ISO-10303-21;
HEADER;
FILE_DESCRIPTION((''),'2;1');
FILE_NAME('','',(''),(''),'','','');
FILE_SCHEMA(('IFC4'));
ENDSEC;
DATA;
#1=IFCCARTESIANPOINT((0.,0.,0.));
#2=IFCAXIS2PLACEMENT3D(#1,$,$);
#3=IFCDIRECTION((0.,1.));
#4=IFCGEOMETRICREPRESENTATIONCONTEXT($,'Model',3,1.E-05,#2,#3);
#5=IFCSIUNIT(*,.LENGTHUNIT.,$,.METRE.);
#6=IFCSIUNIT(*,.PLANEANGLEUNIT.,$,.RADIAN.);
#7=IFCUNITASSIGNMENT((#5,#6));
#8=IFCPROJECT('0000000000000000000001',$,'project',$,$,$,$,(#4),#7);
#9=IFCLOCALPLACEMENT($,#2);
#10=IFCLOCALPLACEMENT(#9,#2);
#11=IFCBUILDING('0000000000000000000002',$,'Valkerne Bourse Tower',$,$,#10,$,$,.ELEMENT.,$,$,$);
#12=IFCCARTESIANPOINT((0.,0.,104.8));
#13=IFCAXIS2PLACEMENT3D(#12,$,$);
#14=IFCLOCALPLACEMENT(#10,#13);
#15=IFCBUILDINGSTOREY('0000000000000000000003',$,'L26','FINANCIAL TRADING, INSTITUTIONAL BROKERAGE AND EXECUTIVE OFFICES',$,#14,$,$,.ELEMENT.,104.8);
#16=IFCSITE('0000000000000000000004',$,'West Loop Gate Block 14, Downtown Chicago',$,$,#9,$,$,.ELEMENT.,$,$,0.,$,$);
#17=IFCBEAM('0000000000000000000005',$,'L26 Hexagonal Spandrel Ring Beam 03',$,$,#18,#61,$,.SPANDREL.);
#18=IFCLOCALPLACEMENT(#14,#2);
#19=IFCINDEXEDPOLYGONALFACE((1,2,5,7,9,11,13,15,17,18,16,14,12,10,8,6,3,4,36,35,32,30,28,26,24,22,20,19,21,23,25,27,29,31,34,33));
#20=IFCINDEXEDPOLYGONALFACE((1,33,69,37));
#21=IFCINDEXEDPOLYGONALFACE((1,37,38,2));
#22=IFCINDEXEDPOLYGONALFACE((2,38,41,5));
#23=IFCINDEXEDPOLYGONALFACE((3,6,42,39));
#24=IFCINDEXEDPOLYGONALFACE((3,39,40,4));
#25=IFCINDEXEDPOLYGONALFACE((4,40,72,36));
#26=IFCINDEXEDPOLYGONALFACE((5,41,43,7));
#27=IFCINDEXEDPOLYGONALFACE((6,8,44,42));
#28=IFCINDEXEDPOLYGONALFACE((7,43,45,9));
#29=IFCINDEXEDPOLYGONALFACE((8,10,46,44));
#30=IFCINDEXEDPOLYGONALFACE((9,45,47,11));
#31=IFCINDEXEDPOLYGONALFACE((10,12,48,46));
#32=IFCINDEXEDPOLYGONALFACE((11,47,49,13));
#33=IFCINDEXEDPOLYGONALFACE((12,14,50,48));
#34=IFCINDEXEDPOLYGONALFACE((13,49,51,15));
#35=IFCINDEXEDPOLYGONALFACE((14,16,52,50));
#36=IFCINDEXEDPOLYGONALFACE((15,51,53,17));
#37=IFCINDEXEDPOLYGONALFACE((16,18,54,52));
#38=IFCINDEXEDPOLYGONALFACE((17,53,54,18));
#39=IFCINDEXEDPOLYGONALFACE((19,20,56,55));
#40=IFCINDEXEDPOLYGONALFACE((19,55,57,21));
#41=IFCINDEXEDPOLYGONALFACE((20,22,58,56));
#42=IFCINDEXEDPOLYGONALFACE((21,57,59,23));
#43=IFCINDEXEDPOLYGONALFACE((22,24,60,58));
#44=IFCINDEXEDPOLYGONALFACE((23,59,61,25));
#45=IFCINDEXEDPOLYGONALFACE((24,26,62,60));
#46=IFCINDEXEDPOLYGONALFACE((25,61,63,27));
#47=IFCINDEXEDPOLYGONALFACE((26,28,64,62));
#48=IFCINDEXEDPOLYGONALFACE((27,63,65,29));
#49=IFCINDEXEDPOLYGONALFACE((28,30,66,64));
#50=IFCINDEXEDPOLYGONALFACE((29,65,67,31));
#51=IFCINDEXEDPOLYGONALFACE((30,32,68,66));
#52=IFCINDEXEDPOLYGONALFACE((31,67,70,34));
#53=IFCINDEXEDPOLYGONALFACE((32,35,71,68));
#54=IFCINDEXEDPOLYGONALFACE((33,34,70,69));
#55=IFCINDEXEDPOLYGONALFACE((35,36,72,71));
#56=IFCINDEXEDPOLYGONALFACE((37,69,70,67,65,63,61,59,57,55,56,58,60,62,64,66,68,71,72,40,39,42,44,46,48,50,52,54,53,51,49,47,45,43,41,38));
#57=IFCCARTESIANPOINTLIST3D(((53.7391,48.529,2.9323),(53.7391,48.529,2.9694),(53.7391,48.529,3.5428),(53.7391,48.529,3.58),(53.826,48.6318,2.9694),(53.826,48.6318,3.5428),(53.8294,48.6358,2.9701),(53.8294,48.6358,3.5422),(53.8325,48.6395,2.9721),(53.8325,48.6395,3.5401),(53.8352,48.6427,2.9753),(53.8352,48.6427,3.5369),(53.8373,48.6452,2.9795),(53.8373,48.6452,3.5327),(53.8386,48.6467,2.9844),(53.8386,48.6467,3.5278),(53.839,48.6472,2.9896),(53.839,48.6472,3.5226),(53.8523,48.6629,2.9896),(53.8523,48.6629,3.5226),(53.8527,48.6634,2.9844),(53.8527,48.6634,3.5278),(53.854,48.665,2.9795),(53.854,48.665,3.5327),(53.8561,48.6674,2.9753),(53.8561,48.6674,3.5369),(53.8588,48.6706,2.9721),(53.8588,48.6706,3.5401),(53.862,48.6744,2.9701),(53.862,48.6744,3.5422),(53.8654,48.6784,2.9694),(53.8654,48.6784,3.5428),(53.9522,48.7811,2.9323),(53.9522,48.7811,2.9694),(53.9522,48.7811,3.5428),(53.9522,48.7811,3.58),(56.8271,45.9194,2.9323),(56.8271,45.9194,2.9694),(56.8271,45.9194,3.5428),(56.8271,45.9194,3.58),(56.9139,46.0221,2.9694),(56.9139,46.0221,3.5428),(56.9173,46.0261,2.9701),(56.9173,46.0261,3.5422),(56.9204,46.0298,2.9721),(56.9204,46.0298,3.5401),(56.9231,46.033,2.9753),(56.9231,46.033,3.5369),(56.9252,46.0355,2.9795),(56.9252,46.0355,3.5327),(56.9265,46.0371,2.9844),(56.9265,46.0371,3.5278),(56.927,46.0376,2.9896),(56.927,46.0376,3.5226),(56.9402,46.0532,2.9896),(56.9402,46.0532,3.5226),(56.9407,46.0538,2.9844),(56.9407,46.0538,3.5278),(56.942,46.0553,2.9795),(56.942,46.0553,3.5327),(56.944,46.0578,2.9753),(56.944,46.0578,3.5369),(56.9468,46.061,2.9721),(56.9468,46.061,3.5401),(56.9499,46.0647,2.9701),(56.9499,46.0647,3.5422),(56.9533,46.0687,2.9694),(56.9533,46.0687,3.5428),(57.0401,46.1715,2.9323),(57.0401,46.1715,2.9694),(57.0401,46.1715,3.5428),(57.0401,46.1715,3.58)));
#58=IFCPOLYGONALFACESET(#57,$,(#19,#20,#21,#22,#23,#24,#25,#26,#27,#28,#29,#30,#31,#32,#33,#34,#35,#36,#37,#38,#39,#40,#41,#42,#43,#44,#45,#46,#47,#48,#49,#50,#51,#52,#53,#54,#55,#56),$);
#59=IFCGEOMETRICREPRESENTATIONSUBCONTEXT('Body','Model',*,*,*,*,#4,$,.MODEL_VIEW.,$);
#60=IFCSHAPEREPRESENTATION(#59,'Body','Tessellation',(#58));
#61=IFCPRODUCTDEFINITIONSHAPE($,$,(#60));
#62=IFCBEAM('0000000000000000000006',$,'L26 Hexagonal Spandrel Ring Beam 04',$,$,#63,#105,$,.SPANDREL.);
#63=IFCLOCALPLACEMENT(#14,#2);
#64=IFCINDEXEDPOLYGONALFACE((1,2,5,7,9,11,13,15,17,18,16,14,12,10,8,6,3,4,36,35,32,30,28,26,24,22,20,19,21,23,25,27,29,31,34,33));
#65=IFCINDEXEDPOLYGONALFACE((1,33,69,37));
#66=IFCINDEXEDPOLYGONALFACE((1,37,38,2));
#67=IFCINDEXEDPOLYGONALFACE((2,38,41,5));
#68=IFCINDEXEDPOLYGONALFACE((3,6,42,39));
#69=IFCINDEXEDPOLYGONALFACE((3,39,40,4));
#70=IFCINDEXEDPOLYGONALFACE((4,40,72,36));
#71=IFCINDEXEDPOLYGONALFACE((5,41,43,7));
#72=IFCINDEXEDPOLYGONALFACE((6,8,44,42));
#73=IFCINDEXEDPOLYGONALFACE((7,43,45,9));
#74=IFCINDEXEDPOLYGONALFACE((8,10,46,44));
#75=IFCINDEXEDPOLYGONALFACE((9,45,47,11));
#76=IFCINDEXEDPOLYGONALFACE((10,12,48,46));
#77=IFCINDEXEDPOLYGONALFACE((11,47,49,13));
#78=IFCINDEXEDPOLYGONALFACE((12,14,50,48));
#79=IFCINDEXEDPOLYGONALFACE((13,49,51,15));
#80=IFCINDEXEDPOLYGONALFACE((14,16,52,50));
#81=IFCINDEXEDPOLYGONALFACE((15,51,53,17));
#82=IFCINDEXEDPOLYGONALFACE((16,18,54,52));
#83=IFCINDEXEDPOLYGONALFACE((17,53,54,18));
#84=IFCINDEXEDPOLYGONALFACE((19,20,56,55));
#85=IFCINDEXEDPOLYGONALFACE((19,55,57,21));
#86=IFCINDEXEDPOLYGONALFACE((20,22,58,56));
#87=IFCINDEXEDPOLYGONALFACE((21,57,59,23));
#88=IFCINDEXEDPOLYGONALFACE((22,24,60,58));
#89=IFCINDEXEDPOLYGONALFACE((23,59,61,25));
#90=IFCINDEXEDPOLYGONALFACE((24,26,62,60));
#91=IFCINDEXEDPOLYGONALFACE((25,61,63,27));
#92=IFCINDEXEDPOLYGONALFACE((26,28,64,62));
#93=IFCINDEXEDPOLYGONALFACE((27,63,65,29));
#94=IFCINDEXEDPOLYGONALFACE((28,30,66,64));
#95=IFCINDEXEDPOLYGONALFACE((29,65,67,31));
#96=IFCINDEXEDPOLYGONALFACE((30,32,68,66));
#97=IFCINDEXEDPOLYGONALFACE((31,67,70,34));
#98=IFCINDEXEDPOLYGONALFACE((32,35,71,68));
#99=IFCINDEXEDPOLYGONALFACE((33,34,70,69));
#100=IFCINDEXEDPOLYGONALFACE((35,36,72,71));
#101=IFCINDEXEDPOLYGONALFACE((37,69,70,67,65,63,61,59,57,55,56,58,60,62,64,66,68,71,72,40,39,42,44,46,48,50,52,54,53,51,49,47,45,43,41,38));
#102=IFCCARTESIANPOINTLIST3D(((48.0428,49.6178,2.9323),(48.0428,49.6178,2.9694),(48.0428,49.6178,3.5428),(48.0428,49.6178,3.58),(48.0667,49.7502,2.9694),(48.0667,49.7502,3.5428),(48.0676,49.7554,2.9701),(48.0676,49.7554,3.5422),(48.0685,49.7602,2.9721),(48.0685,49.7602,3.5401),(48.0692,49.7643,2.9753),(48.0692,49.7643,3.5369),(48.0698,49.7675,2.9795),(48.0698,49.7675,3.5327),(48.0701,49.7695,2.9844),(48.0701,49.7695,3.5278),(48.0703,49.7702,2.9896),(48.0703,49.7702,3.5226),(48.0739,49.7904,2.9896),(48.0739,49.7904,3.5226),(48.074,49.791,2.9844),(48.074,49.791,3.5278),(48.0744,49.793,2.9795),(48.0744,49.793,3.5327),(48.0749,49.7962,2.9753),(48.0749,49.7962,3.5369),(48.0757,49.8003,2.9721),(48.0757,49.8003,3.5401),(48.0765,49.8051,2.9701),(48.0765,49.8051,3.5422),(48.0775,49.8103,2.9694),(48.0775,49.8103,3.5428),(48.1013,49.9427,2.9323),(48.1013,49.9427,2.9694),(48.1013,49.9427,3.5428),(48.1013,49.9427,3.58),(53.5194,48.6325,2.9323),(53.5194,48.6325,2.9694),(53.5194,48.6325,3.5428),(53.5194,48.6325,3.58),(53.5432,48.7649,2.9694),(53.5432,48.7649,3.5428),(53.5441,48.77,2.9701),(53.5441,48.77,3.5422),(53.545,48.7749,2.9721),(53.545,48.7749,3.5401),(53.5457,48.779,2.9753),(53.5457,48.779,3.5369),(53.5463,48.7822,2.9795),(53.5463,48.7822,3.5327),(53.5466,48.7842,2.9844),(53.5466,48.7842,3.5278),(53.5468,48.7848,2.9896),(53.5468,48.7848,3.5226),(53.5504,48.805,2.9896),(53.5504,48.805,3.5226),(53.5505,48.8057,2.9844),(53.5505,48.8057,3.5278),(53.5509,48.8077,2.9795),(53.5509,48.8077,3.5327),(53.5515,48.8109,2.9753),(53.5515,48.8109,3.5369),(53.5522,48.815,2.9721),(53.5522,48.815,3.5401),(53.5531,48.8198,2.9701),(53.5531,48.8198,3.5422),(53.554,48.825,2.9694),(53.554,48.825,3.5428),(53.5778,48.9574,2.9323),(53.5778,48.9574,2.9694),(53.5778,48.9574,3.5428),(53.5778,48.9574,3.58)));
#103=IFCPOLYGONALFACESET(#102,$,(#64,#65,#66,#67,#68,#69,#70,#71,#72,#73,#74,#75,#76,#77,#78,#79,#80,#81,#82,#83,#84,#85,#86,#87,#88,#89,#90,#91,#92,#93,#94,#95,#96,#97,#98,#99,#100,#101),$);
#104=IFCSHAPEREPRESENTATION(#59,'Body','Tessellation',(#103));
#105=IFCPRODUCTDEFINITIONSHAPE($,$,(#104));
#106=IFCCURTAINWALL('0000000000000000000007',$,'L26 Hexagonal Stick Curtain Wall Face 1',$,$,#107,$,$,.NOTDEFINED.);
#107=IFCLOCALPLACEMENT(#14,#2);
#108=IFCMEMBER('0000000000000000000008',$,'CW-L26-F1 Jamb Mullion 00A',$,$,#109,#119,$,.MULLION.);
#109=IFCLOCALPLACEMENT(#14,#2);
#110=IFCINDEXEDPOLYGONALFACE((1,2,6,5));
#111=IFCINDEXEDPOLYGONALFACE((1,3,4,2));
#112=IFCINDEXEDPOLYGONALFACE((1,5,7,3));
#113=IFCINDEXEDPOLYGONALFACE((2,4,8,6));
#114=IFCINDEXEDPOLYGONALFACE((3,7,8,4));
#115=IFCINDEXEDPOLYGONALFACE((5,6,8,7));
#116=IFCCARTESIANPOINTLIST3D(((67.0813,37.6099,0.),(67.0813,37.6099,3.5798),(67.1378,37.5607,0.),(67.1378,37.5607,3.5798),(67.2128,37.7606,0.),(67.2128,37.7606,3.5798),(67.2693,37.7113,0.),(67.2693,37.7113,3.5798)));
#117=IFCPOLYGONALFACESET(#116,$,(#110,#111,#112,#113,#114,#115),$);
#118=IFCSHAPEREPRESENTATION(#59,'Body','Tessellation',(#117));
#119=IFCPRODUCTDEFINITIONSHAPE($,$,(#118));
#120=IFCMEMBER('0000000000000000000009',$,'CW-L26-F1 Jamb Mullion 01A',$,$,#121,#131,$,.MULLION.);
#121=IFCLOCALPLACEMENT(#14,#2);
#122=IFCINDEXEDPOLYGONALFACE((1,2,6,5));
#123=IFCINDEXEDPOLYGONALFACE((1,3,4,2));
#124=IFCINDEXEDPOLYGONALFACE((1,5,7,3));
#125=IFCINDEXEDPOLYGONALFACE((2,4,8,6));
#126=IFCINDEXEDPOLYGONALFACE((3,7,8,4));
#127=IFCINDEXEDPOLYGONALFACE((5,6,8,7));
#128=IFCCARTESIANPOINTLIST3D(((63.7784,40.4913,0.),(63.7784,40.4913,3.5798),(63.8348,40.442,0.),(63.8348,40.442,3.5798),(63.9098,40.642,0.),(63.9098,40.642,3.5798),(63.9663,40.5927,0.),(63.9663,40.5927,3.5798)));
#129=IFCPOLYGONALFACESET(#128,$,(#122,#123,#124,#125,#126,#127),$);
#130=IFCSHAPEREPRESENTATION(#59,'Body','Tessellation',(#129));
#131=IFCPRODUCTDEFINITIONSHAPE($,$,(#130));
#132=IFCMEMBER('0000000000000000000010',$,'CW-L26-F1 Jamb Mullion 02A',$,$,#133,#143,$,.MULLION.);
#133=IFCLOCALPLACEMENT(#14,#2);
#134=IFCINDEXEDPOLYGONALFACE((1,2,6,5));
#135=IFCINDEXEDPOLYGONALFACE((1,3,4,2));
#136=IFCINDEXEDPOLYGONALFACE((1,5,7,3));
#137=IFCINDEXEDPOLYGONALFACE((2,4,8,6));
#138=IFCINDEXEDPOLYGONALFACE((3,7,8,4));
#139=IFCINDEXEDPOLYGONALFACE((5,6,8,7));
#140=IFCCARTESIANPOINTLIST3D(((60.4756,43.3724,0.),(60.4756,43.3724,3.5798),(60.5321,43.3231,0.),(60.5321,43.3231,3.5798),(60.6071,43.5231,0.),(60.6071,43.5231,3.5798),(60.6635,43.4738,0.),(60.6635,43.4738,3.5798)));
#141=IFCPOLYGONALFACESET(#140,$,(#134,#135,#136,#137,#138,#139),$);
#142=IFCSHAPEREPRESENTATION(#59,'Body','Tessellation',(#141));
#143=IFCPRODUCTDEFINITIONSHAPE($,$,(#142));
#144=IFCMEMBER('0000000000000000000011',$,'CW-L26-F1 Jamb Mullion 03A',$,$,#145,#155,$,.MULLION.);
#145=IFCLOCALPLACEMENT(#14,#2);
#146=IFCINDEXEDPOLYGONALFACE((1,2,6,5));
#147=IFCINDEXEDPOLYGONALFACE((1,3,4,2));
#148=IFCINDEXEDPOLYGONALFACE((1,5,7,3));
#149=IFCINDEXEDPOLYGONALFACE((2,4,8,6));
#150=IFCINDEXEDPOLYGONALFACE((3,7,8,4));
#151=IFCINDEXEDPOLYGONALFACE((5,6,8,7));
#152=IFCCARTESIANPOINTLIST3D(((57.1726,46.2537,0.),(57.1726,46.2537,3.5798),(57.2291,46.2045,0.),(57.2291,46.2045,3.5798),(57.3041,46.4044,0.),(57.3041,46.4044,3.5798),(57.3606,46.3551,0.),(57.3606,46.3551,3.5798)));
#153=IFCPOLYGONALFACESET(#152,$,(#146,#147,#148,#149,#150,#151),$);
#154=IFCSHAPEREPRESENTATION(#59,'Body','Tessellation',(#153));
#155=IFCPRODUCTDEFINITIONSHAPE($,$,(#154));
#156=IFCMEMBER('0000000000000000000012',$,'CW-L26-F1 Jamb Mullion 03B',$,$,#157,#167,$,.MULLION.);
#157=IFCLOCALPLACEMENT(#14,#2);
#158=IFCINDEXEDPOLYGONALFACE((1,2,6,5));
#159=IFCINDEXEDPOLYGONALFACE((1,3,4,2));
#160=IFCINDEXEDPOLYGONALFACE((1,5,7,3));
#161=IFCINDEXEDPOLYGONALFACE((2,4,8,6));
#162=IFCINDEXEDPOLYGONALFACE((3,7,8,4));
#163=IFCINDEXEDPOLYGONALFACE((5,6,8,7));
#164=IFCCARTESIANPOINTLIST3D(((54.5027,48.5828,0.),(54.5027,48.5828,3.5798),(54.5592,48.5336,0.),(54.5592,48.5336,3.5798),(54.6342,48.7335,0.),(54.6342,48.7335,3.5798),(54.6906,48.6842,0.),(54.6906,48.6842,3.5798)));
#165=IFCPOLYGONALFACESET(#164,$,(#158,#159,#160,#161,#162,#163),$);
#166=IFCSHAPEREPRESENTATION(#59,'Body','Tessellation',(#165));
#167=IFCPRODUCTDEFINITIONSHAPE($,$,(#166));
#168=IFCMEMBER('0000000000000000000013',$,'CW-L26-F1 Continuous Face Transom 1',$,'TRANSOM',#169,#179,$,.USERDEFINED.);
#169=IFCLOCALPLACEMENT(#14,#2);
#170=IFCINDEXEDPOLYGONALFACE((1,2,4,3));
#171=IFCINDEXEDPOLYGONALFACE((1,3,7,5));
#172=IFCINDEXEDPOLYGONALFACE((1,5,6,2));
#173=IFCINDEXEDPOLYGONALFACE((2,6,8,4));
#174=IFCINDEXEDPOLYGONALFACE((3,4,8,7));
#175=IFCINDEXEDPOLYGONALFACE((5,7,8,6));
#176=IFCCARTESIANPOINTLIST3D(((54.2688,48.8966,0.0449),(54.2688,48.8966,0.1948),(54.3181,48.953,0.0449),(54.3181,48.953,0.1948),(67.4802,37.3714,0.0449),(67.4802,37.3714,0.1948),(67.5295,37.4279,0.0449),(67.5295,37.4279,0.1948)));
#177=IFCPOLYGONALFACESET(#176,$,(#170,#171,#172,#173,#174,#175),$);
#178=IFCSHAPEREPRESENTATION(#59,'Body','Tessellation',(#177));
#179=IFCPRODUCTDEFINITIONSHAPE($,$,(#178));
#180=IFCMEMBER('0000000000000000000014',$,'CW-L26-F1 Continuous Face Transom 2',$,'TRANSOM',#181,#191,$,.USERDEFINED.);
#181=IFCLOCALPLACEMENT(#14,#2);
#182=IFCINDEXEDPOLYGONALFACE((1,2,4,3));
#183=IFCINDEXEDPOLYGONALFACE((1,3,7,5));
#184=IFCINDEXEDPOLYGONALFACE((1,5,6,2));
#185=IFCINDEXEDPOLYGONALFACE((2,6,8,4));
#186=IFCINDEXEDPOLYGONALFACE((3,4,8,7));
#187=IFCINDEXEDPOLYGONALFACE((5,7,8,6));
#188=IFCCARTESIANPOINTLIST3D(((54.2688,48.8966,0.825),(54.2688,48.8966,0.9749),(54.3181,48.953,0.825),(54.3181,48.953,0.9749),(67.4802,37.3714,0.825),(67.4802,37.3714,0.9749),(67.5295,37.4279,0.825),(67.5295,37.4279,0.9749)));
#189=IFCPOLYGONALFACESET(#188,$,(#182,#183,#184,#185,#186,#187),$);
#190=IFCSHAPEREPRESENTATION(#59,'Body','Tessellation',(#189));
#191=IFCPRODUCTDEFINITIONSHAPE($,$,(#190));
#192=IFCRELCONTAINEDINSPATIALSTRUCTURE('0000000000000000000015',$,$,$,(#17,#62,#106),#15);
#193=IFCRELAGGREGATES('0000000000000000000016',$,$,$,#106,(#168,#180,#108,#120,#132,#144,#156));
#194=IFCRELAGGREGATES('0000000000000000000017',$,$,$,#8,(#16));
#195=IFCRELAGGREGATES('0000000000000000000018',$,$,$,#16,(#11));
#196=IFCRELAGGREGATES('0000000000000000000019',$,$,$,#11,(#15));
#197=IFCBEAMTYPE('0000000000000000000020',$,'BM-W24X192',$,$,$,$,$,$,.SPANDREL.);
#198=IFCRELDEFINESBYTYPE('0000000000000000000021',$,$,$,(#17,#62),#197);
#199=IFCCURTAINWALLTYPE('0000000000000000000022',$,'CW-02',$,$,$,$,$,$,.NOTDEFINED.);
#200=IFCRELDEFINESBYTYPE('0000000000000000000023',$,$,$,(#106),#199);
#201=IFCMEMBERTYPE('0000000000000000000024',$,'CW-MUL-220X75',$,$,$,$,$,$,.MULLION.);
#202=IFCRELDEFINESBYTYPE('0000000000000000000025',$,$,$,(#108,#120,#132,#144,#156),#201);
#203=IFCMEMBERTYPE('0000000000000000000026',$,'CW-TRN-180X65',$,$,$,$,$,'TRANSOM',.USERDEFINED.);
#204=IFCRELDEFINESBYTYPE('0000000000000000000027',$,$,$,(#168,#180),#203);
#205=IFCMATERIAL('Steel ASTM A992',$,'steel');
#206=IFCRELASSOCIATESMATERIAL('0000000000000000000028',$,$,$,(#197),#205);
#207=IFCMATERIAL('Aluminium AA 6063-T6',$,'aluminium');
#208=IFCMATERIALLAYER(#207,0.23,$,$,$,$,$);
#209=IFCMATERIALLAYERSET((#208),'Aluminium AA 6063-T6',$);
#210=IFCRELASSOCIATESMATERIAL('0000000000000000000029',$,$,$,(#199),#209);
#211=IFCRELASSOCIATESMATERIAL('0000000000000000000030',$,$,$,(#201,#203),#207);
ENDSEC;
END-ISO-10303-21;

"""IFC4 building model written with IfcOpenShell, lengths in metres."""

from ifc_helpers import new_model, si_unit, direction, frame, origin, origin_2d, place, context, subcontext, project, spatial, rectangle, i_section, extrude, material, layer, layer_set, material_profile, profile_set, type_object, element, aggregate, save


model = new_model("IFC4")

# Units and contexts
model_context = context("Model", 3, precision=1e-05, world=origin(), true_north=direction((0.0, 1.0)))
body_context = subcontext(model_context, "Body", "Model", "MODEL_VIEW")
ifc_project = project(units=[si_unit("LENGTHUNIT", "METRE"), si_unit("PLANEANGLEUNIT", "RADIAN")], contexts=[model_context])

# Site, building, storey
site_placement = place(None, origin())
site = spatial("IfcSite", under=ifc_project, at=site_placement, Name="West Loop Gate Block 14, Downtown Chicago", CompositionType="ELEMENT", RefElevation=0.0)
building_placement = place(site_placement, origin())
building = spatial("IfcBuilding", under=site, at=building_placement, Name="Valkerne Bourse Tower", CompositionType="ELEMENT")
storey_placement = place(building_placement, frame((0.0, 0.0, 104.8)))
storey = spatial("IfcBuildingStorey", under=building, at=storey_placement, Name="L26", Description="FINANCIAL TRADING, INSTITUTIONAL BROKERAGE AND EXECUTIVE OFFICES", CompositionType="ELEMENT", Elevation=104.8)

# Beams
ifc_material_1 = material(Name="Steel ASTM A992", Category="steel")
ifc_material_profile_1 = material_profile(ifc_material_1, i_section(OverallWidth=0.3301, OverallDepth=0.6477, WebThickness=0.0205, FlangeThickness=0.0371, FilletRadius=0.0203, at=origin_2d()), Name="W24X192")
ifc_profile_set_1 = profile_set([ifc_material_profile_1], Name="Steel ASTM A992")
beam_type = type_object("IfcBeamType", Name="BM-W24X192", PredefinedType="SPANDREL", material=ifc_profile_set_1)
beam_1_placement = place(storey_placement, frame((56.9336, 46.0454, 3.2561), z_axis=(-0.763778, 0.645479, 0.0), x_axis=(-0.645479, -0.763778, 0.0)))
element("IfcBeam", 1, at=beam_1_placement, inside=storey, type_object=beam_type, Name="L26 Hexagonal Spandrel Ring Beam 03", PredefinedType="SPANDREL", context=body_context, shape_type="SweptSolid", body=[
    extrude(i_section(OverallWidth=0.3301, OverallDepth=0.6477, WebThickness=0.0205, FlangeThickness=0.0371, FilletRadius=0.0203, at=origin_2d()), origin(), (0.0, 0.0, 1.0), 4.043),
])
beam_2_placement = place(storey_placement, frame((53.5486, 48.7949, 3.2561), z_axis=(-0.984197, 0.177078, 0.0), x_axis=(-0.177078, -0.984197, 0.0)))
element("IfcBeam", 2, at=beam_2_placement, inside=storey, type_object=beam_type, Name="L26 Hexagonal Spandrel Ring Beam 04", PredefinedType="SPANDREL", context=body_context, shape_type="SweptSolid", body=[
    extrude(i_section(OverallWidth=0.3301, OverallDepth=0.6477, WebThickness=0.0205, FlangeThickness=0.0371, FilletRadius=0.0203, at=origin_2d()), origin(), (0.0, 0.0, 1.0), 5.5645),
])

# Curtain wall, members
ifc_material_2 = material(Name="Aluminium AA 6063-T6", Category="aluminium")
ifc_layer_1 = layer(ifc_material_2, 0.23)
ifc_layer_set_1 = layer_set([ifc_layer_1], Name="Aluminium AA 6063-T6")
curtain_wall_type = type_object("IfcCurtainWallType", Name="CW-02", PredefinedType="NOTDEFINED", material=ifc_layer_set_1)
curtain_wall_placement = place(storey_placement, origin())
curtain_wall = element("IfcCurtainWall", 3, at=curtain_wall_placement, inside=storey, type_object=curtain_wall_type, Name="L26 Hexagonal Stick Curtain Wall Face 1", PredefinedType="NOTDEFINED")
ifc_material_profile_2 = material_profile(ifc_material_2, rectangle(XDim=0.075, YDim=0.2, at=origin_2d()), Name="CWM-75X200")
ifc_profile_set_2 = profile_set([ifc_material_profile_2], Name="Aluminium AA 6063-T6")
member_type_1 = type_object("IfcMemberType", Name="CW-MUL-220X75", PredefinedType="MULLION", material=ifc_profile_set_2)
member_1_placement = place(storey_placement, frame((67.1753, 37.6606, 0.0), z_axis=(0.0, 0.0, 1.0), x_axis=(-0.753564, 0.657375, 0.0)))
member_1 = element("IfcMember", 4, at=member_1_placement, type_object=member_type_1, Name="CW-L26-F1 Jamb Mullion 00A", PredefinedType="MULLION", context=body_context, shape_type="SweptSolid", body=[
    extrude(rectangle(XDim=0.075, YDim=0.2, at=origin_2d()), origin(), (0.0, 0.0, 1.0), 3.5798),
])
member_2_placement = place(storey_placement, frame((63.8723, 40.542, 0.0), z_axis=(0.0, 0.0, 1.0), x_axis=(-0.753575, 0.657362, 0.0)))
member_2 = element("IfcMember", 5, at=member_2_placement, type_object=member_type_1, Name="CW-L26-F1 Jamb Mullion 01A", PredefinedType="MULLION", context=body_context, shape_type="SweptSolid", body=[
    extrude(rectangle(XDim=0.075, YDim=0.2, at=origin_2d()), origin(), (0.0, 0.0, 1.0), 3.5798),
])
member_3_placement = place(storey_placement, frame((60.5696, 43.4231, 0.0), z_axis=(0.0, 0.0, 1.0), x_axis=(-0.753554, 0.657386, 0.0)))
member_3 = element("IfcMember", 6, at=member_3_placement, type_object=member_type_1, Name="CW-L26-F1 Jamb Mullion 02A", PredefinedType="MULLION", context=body_context, shape_type="SweptSolid", body=[
    extrude(rectangle(XDim=0.075, YDim=0.2, at=origin_2d()), origin(), (0.0, 0.0, 1.0), 3.5798),
])
member_4_placement = place(storey_placement, frame((57.2666, 46.3044, 0.0), z_axis=(0.0, 0.0, 1.0), x_axis=(-0.753564, 0.657375, 0.0)))
member_4 = element("IfcMember", 7, at=member_4_placement, type_object=member_type_1, Name="CW-L26-F1 Jamb Mullion 03A", PredefinedType="MULLION", context=body_context, shape_type="SweptSolid", body=[
    extrude(rectangle(XDim=0.075, YDim=0.2, at=origin_2d()), origin(), (0.0, 0.0, 1.0), 3.5798),
])
member_5_placement = place(storey_placement, frame((54.5967, 48.6335, 0.0), z_axis=(0.0, 0.0, 1.0), x_axis=(-0.753564, 0.657375, 0.0)))
member_5 = element("IfcMember", 8, at=member_5_placement, type_object=member_type_1, Name="CW-L26-F1 Jamb Mullion 03B", PredefinedType="MULLION", context=body_context, shape_type="SweptSolid", body=[
    extrude(rectangle(XDim=0.075, YDim=0.2, at=origin_2d()), origin(), (0.0, 0.0, 1.0), 3.5798),
])
ifc_material_profile_3 = material_profile(ifc_material_2, rectangle(XDim=0.075, YDim=0.1499, at=origin_2d()), Name="CWT-75X150")
ifc_profile_set_3 = profile_set([ifc_material_profile_3], Name="Aluminium AA 6063-T6")
member_type_2 = type_object("IfcMemberType", Name="CW-TRN-180X65", ElementType="TRANSOM", PredefinedType="USERDEFINED", material=ifc_profile_set_3)
member_6_placement = place(storey_placement, frame((67.5049, 37.3997, 0.1199), z_axis=(-0.753561, 0.657378, 0.0), x_axis=(-0.657378, -0.753561, 0.0)))
member_6 = element("IfcMember", 9, at=member_6_placement, type_object=member_type_2, Name="CW-L26-F1 Continuous Face Transom 1", ObjectType="TRANSOM", PredefinedType="USERDEFINED", context=body_context, shape_type="SweptSolid", body=[
    extrude(rectangle(XDim=0.075, YDim=0.1499, at=origin_2d()), origin(), (0.0, 0.0, 1.0), 17.532),
])
member_7_placement = place(storey_placement, frame((67.5049, 37.3997, 0.8999), z_axis=(-0.753561, 0.657378, 0.0), x_axis=(-0.657378, -0.753561, 0.0)))
member_7 = element("IfcMember", 10, at=member_7_placement, type_object=member_type_2, Name="CW-L26-F1 Continuous Face Transom 2", ObjectType="TRANSOM", PredefinedType="USERDEFINED", context=body_context, shape_type="SweptSolid", body=[
    extrude(rectangle(XDim=0.075, YDim=0.1499, at=origin_2d()), origin(), (0.0, 0.0, 1.0), 17.532),
])

aggregate(curtain_wall, [member_6, member_7, member_1, member_2, member_3, member_4, member_5])

save(model, "model.ifc")
